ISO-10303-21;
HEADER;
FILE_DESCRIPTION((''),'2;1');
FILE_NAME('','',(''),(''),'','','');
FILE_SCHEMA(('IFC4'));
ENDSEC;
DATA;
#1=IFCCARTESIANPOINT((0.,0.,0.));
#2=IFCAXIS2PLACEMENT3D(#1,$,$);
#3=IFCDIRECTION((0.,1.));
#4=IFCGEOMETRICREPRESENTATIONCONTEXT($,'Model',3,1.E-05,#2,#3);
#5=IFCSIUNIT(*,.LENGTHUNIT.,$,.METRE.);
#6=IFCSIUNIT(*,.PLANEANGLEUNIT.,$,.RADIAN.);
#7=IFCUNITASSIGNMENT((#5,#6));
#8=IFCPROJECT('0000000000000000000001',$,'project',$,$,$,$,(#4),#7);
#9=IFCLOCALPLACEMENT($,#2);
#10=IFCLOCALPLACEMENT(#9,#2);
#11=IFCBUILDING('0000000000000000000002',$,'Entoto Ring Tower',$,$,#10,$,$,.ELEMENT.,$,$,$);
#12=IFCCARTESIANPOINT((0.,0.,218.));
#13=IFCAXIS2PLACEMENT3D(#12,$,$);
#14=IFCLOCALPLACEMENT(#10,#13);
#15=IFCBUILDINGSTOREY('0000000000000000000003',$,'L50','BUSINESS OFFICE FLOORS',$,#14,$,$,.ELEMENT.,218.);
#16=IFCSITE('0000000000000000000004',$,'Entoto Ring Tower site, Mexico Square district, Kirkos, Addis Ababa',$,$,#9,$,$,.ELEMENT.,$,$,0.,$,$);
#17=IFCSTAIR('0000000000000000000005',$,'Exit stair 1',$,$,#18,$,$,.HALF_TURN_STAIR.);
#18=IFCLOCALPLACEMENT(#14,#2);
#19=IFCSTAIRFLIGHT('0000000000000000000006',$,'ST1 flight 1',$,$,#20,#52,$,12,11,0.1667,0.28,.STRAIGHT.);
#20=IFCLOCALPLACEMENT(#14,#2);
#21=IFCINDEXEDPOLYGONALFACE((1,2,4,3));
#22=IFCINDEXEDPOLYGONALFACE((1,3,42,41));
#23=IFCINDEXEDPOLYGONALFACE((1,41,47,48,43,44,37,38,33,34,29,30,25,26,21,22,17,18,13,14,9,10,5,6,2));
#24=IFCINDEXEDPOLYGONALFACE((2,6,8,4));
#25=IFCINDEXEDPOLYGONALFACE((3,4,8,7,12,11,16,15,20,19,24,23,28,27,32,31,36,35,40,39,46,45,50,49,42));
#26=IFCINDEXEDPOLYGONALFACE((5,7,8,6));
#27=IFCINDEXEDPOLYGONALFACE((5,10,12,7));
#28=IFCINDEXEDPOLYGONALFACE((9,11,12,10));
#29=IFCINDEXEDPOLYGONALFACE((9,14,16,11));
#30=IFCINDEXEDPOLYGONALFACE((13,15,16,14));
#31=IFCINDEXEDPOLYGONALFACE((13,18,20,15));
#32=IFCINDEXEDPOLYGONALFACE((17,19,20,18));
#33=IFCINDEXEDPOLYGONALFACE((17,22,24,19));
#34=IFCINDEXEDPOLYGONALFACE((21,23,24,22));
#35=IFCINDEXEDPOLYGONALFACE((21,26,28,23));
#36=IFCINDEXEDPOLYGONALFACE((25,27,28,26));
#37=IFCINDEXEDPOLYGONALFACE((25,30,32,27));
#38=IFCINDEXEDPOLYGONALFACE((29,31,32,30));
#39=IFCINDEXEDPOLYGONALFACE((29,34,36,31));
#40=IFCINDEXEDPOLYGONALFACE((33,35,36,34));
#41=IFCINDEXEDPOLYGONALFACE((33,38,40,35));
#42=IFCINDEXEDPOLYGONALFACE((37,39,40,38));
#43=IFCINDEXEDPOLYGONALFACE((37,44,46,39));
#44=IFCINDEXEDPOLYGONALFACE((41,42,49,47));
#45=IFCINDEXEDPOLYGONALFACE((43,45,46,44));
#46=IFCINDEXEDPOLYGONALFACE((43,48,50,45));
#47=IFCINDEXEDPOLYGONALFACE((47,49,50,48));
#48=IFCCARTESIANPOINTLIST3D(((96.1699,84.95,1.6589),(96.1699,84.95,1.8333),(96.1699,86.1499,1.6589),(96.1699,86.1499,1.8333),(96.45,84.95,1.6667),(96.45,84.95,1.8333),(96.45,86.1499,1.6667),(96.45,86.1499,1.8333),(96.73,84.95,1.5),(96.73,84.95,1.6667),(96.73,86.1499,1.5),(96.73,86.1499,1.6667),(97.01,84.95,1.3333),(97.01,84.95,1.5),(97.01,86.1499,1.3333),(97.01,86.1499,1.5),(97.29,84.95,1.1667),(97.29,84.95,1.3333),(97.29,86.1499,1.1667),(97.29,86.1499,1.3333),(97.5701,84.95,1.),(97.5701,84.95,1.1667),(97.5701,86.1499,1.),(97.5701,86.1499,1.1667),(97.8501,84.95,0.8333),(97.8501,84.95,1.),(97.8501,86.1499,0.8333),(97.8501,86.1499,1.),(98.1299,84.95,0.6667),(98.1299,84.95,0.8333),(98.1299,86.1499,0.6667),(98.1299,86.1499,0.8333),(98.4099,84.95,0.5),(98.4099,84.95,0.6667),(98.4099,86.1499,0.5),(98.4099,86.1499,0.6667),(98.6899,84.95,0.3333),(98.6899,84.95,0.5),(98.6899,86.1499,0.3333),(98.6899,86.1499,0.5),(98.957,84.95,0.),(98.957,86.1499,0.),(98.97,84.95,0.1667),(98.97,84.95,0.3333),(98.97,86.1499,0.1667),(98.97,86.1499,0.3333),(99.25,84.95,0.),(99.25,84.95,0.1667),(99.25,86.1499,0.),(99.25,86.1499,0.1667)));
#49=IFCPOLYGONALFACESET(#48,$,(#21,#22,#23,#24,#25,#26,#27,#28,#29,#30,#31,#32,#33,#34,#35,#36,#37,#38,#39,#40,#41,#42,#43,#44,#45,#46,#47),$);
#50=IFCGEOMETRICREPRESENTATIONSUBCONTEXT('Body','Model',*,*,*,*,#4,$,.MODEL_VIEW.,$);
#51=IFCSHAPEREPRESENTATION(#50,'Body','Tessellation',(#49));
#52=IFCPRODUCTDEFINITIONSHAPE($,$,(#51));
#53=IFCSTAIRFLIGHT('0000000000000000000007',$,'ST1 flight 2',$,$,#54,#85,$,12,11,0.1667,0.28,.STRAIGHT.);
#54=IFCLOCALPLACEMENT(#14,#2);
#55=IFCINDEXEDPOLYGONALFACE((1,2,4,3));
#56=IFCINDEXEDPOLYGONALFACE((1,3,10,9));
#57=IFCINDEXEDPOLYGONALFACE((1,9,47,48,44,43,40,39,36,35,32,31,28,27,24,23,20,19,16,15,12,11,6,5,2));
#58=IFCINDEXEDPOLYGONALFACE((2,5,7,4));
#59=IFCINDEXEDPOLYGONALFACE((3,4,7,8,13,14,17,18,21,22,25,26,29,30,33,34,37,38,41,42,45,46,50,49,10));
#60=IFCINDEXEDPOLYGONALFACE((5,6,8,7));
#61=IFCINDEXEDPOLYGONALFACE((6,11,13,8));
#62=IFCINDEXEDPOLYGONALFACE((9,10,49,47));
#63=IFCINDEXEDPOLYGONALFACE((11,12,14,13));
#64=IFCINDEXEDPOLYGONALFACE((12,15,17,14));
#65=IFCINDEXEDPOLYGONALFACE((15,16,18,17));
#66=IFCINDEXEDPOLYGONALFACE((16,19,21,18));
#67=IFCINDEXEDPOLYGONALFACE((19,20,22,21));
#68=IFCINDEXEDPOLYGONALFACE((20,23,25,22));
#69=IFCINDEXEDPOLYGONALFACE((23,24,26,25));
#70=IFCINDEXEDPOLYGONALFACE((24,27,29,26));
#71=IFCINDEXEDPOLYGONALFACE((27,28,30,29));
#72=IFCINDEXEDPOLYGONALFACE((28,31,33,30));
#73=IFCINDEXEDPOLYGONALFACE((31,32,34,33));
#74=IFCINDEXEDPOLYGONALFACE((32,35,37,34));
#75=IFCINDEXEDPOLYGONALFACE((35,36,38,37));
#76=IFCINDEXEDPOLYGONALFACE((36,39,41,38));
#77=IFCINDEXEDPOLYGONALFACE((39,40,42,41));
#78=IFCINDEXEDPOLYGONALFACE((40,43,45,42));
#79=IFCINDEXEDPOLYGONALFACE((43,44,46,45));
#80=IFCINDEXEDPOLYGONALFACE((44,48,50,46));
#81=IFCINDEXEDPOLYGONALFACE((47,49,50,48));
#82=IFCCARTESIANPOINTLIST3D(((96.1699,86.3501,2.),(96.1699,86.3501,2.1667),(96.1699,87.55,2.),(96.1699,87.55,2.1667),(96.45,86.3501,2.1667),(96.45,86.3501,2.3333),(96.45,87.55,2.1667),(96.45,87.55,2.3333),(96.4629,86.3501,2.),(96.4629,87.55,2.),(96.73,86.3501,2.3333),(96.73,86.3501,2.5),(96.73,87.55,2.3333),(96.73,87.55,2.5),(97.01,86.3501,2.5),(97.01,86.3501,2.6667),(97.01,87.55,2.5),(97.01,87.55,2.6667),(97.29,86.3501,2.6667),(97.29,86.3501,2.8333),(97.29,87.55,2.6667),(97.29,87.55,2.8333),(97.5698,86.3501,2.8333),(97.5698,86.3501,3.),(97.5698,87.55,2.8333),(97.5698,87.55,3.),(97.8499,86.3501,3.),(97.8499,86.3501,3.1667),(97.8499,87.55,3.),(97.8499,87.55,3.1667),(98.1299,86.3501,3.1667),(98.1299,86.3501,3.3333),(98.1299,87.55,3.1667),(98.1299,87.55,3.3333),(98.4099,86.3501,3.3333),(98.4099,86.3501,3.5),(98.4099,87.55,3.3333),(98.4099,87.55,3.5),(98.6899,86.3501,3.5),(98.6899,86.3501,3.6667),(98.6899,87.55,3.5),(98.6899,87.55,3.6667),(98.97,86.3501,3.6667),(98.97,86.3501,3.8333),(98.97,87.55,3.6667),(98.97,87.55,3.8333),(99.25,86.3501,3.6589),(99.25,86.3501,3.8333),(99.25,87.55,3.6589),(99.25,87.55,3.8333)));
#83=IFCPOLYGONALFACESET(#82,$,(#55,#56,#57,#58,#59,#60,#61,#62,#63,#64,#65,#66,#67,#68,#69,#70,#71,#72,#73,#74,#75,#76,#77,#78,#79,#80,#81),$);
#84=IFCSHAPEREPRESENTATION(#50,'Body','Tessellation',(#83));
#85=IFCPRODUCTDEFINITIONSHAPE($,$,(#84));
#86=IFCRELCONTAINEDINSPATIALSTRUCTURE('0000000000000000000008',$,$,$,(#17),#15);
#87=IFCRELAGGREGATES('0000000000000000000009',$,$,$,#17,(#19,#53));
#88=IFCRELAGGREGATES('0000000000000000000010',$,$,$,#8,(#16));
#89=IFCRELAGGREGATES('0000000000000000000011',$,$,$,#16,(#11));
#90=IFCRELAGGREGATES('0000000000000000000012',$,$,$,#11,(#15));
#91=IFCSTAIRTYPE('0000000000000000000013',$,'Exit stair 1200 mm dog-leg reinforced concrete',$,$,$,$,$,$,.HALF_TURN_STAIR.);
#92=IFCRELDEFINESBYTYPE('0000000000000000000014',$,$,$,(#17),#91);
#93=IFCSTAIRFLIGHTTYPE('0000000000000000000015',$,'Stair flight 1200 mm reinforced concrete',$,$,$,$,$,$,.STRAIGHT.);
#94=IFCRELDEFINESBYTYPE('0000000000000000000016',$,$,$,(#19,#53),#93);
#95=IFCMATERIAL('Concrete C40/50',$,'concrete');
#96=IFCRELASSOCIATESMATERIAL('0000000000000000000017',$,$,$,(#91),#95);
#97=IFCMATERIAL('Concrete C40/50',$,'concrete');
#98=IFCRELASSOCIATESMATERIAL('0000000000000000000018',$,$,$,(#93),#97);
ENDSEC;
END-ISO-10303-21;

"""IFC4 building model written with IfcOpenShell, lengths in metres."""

from ifc_helpers import new_model, si_unit, direction, frame, origin, place, context, subcontext, project, spatial, polyline, outline, extrude, material, type_object, element, aggregate, save


model = new_model("IFC4")

# Units and contexts
model_context = context("Model", 3, precision=1e-05, world=origin(), true_north=direction((0.0, 1.0)))
body_context = subcontext(model_context, "Body", "Model", "MODEL_VIEW")
ifc_project = project(units=[si_unit("LENGTHUNIT", "METRE"), si_unit("PLANEANGLEUNIT", "RADIAN")], contexts=[model_context])

# Site, building, storey
site_placement = place(None, origin())
site = spatial("IfcSite", under=ifc_project, at=site_placement, Name="Entoto Ring Tower site, Mexico Square district, Kirkos, Addis Ababa", CompositionType="ELEMENT", RefElevation=0.0)
building_placement = place(site_placement, origin())
building = spatial("IfcBuilding", under=site, at=building_placement, Name="Entoto Ring Tower", CompositionType="ELEMENT")
storey_placement = place(building_placement, frame((0.0, 0.0, 218.0)))
storey = spatial("IfcBuildingStorey", under=building, at=storey_placement, Name="L50", Description="BUSINESS OFFICE FLOORS", CompositionType="ELEMENT", Elevation=218.0)

# Stair, stair flights
ifc_material_1 = material(Name="Concrete C40/50", Category="concrete")
stair_type = type_object("IfcStairType", Name="Exit stair 1200 mm dog-leg reinforced concrete", PredefinedType="HALF_TURN_STAIR", material=ifc_material_1)
stair_placement = place(storey_placement, origin())
stair = element("IfcStair", 1, at=stair_placement, inside=storey, type_object=stair_type, Name="Exit stair 1", PredefinedType="HALF_TURN_STAIR")
ifc_material_2 = material(Name="Concrete C40/50", Category="concrete")
stair_flight_type = type_object("IfcStairFlightType", Name="Stair flight 1200 mm reinforced concrete", PredefinedType="STRAIGHT", material=ifc_material_2)
stair_flight_1_placement = place(storey_placement, frame((99.25, 85.55, 0.0), z_axis=(0.0, 0.0, 1.0), x_axis=(-1.0, 0.0, 0.0)))
stair_flight_1 = element("IfcStairFlight", 2, at=stair_flight_1_placement, type_object=stair_flight_type, Name="ST1 flight 1", NumberOfRisers=12, NumberOfTreads=11, PredefinedType="STRAIGHT", RiserHeight=0.1667, TreadLength=0.28, context=body_context, shape_type="SweptSolid", body=[
    extrude(outline(polyline([(0.0, 0.0), (0.0, 0.1667), (0.28, 0.1667), (0.28, 0.3333), (0.5601, 0.3333), (0.5601, 0.5), (0.8401, 0.5), (0.8401, 0.6667), (1.1201, 0.6667), (1.1201, 0.8333), (1.3999, 0.8333), (1.3999, 1.0), (1.6799, 1.0), (1.6799, 1.1667), (1.96, 1.1667), (1.96, 1.3333), (2.24, 1.3333), (2.24, 1.5), (2.52, 1.5), (2.52, 1.6667), (2.8, 1.6667), (2.8, 1.8333), (3.0801, 1.8333), (3.0801, 2.0), (3.0801, 1.6589), (0.293, 0.0), (0.0, 0.0)])), frame((0.0, 0.6001, 0.0), z_axis=(0.0, -1.0, 0.0), x_axis=(1.0, 0.0, 0.0)), (0.0, 0.0, 1.0), 1.2),
])
stair_flight_2_placement = place(storey_placement, frame((96.1699, 86.95, 2.0), z_axis=(0.0, 0.0, 1.0), x_axis=(1.0, 0.0, 0.0)))
stair_flight_2 = element("IfcStairFlight", 3, at=stair_flight_2_placement, type_object=stair_flight_type, Name="ST1 flight 2", NumberOfRisers=12, NumberOfTreads=11, PredefinedType="STRAIGHT", RiserHeight=0.1667, TreadLength=0.28, context=body_context, shape_type="SweptSolid", body=[
    extrude(outline(polyline([(0.0, 0.0), (0.0, 0.1667), (0.28, 0.1667), (0.28, 0.3333), (0.5601, 0.3333), (0.5601, 0.5), (0.8401, 0.5), (0.8401, 0.6667), (1.1201, 0.6667), (1.1201, 0.8333), (1.3999, 0.8333), (1.3999, 1.0), (1.6799, 1.0), (1.6799, 1.1667), (1.96, 1.1667), (1.96, 1.3333), (2.24, 1.3333), (2.24, 1.5), (2.52, 1.5), (2.52, 1.6667), (2.8, 1.6667), (2.8, 1.8333), (3.0801, 1.8333), (3.0801, 2.0), (3.0801, 1.6589), (0.293, 0.0), (0.0, 0.0)])), frame((0.0, 0.6001, 0.0), z_axis=(0.0, -1.0, 0.0), x_axis=(1.0, 0.0, 0.0)), (0.0, 0.0, 1.0), 1.2),
])
aggregate(stair, [stair_flight_1, stair_flight_2])

save(model, "model.ifc")
